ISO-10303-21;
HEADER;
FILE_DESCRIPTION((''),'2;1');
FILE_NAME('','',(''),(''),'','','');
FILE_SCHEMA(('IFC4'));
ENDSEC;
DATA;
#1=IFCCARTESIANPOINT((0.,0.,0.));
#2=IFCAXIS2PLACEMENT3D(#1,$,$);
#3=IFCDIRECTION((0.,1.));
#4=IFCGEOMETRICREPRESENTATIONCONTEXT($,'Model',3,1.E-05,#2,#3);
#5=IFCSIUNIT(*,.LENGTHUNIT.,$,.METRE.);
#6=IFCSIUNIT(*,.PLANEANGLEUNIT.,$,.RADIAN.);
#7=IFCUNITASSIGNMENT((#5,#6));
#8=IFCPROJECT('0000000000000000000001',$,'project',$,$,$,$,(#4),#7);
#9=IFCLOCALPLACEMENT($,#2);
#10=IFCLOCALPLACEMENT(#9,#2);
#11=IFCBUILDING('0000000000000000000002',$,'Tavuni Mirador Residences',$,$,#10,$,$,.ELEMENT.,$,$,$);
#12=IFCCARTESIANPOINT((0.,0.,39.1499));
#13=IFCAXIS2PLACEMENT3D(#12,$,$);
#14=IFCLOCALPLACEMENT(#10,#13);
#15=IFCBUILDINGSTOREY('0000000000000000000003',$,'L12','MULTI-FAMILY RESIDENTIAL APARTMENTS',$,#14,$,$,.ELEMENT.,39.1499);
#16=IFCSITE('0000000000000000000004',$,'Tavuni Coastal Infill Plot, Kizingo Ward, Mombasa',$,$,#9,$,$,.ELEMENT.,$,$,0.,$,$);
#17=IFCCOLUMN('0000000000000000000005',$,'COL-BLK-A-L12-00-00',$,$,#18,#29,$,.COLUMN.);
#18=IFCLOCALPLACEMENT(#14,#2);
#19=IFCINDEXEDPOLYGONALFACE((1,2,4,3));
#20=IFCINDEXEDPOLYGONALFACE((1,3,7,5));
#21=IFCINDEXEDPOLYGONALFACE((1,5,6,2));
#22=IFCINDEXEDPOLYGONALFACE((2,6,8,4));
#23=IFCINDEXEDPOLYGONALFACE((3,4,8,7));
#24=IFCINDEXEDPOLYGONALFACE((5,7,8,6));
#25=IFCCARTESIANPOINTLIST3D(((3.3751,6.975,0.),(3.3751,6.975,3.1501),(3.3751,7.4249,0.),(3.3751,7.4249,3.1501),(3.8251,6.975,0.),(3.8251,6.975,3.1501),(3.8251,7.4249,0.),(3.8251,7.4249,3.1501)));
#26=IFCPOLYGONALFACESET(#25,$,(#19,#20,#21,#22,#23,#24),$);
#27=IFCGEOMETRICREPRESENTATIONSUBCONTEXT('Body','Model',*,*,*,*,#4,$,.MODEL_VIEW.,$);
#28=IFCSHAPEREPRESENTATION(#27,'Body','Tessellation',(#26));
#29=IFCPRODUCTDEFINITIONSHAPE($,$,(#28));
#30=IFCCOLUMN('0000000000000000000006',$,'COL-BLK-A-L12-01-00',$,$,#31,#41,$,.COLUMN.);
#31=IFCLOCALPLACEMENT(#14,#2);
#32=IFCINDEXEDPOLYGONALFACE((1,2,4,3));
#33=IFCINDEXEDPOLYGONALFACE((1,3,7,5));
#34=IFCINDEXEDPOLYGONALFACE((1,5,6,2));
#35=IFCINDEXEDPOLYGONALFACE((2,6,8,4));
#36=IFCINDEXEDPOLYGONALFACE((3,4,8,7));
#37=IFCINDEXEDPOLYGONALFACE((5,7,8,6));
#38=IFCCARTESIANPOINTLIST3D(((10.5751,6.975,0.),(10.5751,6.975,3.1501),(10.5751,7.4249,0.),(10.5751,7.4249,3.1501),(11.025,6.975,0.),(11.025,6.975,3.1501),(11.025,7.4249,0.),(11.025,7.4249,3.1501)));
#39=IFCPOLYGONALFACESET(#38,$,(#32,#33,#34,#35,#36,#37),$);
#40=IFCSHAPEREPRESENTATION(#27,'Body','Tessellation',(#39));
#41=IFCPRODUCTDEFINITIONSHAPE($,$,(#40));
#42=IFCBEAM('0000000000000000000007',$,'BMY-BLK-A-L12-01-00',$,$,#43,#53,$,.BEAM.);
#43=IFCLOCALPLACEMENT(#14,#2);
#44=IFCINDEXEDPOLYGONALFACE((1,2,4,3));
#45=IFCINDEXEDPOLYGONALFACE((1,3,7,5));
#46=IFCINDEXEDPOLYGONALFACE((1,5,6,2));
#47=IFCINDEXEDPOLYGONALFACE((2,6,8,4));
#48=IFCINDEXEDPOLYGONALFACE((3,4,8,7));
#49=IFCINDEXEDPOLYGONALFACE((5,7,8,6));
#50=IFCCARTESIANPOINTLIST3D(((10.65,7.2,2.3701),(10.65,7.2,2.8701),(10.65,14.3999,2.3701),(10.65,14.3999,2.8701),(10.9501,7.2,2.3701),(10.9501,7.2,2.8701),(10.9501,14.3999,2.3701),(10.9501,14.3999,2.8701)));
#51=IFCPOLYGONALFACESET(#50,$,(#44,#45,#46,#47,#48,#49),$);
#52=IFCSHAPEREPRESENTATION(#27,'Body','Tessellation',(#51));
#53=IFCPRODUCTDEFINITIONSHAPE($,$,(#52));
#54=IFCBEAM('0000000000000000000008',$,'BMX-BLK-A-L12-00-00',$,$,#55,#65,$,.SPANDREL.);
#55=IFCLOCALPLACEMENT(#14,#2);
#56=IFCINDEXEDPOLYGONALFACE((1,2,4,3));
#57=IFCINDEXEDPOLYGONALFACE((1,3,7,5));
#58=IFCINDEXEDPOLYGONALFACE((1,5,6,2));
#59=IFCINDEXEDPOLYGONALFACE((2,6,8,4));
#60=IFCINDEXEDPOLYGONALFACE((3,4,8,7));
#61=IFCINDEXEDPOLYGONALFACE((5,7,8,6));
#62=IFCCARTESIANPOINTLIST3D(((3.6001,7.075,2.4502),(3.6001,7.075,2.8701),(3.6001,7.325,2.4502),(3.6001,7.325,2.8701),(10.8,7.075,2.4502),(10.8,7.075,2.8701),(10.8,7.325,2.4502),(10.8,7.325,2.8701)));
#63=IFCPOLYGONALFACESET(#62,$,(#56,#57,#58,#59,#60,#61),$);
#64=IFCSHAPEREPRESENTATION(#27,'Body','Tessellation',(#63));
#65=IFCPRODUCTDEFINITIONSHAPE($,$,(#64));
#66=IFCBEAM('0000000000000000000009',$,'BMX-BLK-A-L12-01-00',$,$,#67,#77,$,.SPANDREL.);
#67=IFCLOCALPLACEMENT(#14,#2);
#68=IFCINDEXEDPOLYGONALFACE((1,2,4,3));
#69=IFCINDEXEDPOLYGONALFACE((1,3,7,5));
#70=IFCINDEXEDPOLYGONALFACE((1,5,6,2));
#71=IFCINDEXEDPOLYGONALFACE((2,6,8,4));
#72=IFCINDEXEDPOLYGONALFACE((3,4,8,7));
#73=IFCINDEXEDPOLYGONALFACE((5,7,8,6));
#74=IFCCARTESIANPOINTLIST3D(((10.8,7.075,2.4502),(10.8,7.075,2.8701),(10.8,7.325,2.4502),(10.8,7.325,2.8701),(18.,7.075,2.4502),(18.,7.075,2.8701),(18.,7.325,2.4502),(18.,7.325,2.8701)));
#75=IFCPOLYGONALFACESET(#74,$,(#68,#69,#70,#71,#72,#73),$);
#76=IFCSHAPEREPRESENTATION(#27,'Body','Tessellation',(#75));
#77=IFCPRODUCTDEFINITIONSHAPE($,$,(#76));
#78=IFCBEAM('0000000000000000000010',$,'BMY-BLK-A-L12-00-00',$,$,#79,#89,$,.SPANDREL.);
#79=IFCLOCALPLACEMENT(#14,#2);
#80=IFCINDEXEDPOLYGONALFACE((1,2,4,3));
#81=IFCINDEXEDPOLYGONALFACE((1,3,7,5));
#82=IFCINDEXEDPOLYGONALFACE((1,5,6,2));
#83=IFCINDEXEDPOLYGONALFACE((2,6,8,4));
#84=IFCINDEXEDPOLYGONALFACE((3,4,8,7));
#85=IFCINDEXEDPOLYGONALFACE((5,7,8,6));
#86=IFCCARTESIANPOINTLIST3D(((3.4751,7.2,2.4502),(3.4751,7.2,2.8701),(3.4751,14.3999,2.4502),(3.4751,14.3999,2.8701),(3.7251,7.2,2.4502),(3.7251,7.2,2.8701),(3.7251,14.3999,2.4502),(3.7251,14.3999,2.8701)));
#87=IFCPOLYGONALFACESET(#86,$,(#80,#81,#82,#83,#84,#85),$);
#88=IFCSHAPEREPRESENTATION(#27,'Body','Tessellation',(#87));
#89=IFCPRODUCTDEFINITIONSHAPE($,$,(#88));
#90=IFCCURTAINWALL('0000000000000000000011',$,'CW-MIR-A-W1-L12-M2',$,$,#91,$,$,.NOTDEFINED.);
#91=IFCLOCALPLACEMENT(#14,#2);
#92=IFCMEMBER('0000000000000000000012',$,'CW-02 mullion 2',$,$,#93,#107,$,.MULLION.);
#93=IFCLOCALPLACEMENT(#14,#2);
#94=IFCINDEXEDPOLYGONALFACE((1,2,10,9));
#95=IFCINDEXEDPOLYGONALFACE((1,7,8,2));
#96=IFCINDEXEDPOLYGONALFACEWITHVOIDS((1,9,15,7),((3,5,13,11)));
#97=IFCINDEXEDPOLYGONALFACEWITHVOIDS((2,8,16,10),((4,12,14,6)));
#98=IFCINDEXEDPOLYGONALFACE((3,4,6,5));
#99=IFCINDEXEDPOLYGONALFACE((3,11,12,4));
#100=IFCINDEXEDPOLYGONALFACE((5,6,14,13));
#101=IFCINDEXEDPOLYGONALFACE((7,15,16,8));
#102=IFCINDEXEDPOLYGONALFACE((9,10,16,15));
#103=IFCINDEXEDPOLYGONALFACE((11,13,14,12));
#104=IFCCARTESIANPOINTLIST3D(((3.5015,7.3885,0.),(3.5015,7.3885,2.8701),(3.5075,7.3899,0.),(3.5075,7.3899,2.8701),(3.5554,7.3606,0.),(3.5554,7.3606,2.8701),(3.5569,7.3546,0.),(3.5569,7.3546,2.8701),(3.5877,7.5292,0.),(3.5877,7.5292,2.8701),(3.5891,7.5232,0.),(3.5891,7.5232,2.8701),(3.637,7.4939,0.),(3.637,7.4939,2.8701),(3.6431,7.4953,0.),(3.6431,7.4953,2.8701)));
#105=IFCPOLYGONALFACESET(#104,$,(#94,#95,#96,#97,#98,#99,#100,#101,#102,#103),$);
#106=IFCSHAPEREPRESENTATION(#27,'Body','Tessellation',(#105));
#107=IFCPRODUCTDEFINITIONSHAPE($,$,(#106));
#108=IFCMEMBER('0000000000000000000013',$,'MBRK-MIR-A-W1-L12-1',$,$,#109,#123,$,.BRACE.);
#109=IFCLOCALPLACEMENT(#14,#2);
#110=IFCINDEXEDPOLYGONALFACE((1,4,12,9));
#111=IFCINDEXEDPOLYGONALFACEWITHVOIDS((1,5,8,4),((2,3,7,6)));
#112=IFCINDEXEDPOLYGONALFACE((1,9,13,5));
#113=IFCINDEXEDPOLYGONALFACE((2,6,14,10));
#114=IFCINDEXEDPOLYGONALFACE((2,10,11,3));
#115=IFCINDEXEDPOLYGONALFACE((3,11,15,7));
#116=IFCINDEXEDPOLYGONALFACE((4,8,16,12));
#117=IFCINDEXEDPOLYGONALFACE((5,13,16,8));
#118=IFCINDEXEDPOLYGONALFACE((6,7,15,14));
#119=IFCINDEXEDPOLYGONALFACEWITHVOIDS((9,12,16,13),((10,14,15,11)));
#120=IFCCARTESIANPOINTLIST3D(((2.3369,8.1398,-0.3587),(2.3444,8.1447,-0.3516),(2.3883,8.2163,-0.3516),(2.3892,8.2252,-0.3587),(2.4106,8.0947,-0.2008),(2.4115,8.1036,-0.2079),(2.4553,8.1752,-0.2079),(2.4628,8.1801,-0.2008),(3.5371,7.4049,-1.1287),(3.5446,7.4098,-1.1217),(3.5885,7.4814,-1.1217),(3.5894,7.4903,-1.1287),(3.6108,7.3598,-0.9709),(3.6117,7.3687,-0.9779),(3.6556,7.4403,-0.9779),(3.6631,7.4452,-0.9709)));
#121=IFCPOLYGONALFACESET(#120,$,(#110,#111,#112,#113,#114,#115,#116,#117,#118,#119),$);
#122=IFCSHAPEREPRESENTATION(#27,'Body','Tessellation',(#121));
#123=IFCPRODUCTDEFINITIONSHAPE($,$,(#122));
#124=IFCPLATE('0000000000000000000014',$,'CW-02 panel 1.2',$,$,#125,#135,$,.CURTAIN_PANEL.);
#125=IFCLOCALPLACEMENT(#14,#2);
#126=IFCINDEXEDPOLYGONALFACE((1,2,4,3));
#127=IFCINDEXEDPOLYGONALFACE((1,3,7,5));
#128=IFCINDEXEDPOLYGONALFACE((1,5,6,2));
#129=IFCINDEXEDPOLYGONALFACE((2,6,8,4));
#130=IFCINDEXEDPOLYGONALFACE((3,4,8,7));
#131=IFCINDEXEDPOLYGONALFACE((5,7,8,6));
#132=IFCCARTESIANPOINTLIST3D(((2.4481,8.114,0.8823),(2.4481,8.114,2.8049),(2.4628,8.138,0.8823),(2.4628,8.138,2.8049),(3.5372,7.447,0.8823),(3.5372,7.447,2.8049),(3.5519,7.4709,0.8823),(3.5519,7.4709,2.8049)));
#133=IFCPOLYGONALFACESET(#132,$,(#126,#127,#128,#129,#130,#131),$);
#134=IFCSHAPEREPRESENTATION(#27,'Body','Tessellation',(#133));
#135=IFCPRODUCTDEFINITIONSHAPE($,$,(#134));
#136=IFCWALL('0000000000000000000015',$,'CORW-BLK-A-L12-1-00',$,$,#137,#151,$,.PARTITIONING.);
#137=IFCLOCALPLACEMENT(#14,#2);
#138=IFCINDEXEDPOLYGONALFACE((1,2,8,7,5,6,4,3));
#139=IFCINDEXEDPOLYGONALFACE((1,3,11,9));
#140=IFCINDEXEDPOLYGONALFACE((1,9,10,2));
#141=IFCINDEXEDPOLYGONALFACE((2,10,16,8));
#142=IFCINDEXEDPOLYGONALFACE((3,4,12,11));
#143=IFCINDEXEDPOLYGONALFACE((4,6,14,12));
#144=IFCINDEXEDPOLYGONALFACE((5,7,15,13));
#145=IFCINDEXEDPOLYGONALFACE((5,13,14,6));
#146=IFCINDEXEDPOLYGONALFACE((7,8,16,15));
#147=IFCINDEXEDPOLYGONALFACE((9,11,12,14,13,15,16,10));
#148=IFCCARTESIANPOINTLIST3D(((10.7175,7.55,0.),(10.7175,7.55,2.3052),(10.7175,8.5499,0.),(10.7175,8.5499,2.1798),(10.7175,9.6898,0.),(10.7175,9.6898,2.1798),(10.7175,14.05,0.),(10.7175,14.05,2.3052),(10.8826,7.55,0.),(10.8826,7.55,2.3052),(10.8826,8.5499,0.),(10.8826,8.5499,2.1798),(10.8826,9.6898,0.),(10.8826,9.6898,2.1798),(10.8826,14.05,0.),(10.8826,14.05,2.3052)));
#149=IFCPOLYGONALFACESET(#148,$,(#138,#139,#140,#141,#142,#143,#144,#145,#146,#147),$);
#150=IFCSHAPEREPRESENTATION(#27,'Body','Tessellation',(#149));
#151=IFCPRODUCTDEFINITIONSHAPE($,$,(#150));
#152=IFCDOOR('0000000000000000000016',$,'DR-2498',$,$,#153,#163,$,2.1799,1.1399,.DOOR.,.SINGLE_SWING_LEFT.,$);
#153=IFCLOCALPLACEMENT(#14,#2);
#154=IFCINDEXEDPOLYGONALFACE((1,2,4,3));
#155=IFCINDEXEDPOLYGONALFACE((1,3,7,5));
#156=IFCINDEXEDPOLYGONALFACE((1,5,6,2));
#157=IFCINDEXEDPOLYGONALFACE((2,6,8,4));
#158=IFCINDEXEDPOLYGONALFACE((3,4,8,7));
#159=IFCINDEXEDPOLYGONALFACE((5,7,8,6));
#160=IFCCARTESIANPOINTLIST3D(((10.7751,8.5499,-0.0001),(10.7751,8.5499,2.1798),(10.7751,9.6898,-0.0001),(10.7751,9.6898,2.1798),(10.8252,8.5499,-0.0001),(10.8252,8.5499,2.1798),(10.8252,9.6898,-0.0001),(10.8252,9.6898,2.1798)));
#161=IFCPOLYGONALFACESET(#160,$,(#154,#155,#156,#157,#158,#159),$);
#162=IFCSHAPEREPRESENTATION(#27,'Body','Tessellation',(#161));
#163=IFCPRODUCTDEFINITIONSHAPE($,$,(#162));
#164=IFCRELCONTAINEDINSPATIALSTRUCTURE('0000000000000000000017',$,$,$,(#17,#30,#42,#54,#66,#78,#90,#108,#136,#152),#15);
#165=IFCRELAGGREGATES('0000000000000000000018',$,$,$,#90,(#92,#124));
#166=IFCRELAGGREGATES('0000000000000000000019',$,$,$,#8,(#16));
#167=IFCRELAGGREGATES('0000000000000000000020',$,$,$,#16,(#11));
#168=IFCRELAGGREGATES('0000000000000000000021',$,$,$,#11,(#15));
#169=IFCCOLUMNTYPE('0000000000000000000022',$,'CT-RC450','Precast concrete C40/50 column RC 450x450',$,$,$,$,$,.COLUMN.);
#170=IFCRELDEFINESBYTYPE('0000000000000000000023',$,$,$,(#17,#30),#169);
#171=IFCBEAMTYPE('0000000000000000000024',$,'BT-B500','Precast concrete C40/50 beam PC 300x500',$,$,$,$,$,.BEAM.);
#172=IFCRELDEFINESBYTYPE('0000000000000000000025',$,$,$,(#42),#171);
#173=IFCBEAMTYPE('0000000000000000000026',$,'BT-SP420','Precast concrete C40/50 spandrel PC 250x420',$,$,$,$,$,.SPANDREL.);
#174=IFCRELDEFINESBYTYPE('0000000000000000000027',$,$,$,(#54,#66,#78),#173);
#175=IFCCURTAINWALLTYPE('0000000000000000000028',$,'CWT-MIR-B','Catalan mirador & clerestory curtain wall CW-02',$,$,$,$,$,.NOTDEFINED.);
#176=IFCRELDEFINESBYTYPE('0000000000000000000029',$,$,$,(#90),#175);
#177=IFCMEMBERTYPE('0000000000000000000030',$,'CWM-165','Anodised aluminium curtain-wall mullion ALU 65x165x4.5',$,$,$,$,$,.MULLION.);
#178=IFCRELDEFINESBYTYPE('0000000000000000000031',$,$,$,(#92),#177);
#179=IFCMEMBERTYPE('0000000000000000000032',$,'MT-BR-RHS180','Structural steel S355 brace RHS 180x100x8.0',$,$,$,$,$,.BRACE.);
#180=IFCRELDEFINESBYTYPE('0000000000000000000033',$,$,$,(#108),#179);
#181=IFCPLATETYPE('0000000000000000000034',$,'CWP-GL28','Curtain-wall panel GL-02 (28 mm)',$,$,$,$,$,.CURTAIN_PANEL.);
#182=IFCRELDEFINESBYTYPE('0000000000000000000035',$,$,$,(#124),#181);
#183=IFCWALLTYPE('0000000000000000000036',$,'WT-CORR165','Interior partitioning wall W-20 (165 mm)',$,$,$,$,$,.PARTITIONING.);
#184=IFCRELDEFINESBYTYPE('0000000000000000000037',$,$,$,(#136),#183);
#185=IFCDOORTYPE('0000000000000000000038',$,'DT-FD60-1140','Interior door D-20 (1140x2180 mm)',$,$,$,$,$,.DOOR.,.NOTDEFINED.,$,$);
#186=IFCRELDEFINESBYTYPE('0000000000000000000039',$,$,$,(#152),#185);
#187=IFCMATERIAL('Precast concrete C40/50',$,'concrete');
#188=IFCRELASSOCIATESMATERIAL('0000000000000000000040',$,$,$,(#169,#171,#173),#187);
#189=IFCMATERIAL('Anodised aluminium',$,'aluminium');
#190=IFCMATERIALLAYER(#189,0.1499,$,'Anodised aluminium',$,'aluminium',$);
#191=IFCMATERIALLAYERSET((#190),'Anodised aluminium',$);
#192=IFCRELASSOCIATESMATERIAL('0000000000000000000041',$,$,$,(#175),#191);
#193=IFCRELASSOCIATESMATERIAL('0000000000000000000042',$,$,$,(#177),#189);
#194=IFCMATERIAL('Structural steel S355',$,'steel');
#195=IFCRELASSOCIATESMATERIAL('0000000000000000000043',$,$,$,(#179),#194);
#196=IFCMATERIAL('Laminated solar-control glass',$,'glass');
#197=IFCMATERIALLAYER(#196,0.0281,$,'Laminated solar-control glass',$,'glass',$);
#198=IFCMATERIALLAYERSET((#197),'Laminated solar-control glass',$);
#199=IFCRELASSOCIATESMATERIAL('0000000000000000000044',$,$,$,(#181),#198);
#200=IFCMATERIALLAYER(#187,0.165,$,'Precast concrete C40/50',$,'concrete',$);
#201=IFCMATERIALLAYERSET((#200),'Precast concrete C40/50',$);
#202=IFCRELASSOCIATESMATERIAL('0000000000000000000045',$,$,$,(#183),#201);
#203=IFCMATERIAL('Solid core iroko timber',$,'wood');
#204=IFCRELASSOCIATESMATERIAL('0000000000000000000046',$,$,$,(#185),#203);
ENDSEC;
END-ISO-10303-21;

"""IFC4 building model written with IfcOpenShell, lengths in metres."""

from ifc_helpers import new_model, si_unit, direction, frame, frame_2d, origin, origin_2d, place, context, subcontext, project, spatial, rectangle, hollow_rectangle, extrude, material, layer, layer_set, material_profile, profile_set, type_object, element, fill, aggregate, save


model = new_model("IFC4")

# Units and contexts
model_context = context("Model", 3, precision=1e-05, world=origin(), true_north=direction((0.0, 1.0)))
body_context = subcontext(model_context, "Body", "Model", "MODEL_VIEW")
ifc_project = project(units=[si_unit("LENGTHUNIT", "METRE"), si_unit("PLANEANGLEUNIT", "RADIAN")], contexts=[model_context])

# Site, building, storey
site_placement = place(None, origin())
site = spatial("IfcSite", under=ifc_project, at=site_placement, Name="Tavuni Coastal Infill Plot, Kizingo Ward, Mombasa", CompositionType="ELEMENT", RefElevation=0.0)
building_placement = place(site_placement, origin())
building = spatial("IfcBuilding", under=site, at=building_placement, Name="Tavuni Mirador Residences", CompositionType="ELEMENT")
storey_placement = place(building_placement, frame((0.0, 0.0, 39.1499)))
storey = spatial("IfcBuildingStorey", under=building, at=storey_placement, Name="L12", Description="MULTI-FAMILY RESIDENTIAL APARTMENTS", CompositionType="ELEMENT", Elevation=39.1499)

# Columns
ifc_material_1 = material(Name="Precast concrete C40/50", Category="concrete")
ifc_material_profile_1 = material_profile(ifc_material_1, rectangle(XDim=0.45, YDim=0.45, at=origin_2d()), Name="RC 450x450", Category="concrete")
ifc_profile_set_1 = profile_set([ifc_material_profile_1], Name="Precast concrete C40/50")
column_type = type_object("IfcColumnType", Name="CT-RC450", Description="Precast concrete C40/50 column RC 450x450", PredefinedType="COLUMN", material=ifc_profile_set_1)
for number, where, z_axis, x_axis, name in (
    (1, (3.6001, 7.2, 0.0), (0.0, 0.0, 1.0), (1.0, 0.0, 0.0), "COL-BLK-A-L12-00-00"),
    (2, (10.8, 7.2, 0.0), (0.0, 0.0, 1.0), (1.0, 0.0, 0.0), "COL-BLK-A-L12-01-00"),
):
    element("IfcColumn", number, at=place(storey_placement, frame(where, z_axis=z_axis, x_axis=x_axis)), inside=storey, type_object=column_type, Name=name, PredefinedType="COLUMN", context=body_context, shape_type="SweptSolid", body=[
        extrude(rectangle(XDim=0.45, YDim=0.45, at=origin_2d()), origin(), (0.0, 0.0, 1.0), 3.1501),
    ])

# Beams
ifc_material_profile_2 = material_profile(ifc_material_1, rectangle(XDim=0.3, YDim=0.5, at=origin_2d()), Name="PC 300x500", Category="concrete")
ifc_profile_set_2 = profile_set([ifc_material_profile_2], Name="Precast concrete C40/50")
beam_type_1 = type_object("IfcBeamType", Name="BT-B500", Description="Precast concrete C40/50 beam PC 300x500", PredefinedType="BEAM", material=ifc_profile_set_2)
beam_placement = place(storey_placement, frame((10.8, 7.2, 2.6201), z_axis=(0.0, 1.0, 0.0), x_axis=(-1.0, 0.0, 0.0)))
element("IfcBeam", 3, at=beam_placement, inside=storey, type_object=beam_type_1, Name="BMY-BLK-A-L12-01-00", PredefinedType="BEAM", context=body_context, shape_type="SweptSolid", body=[
    extrude(rectangle(XDim=0.3, YDim=0.5, at=origin_2d()), origin(), (0.0, 0.0, 1.0), 7.2),
])
ifc_material_profile_3 = material_profile(ifc_material_1, rectangle(XDim=0.25, YDim=0.4199, at=origin_2d()), Name="PC 250x420", Category="concrete")
ifc_profile_set_3 = profile_set([ifc_material_profile_3], Name="Precast concrete C40/50")
beam_type_2 = type_object("IfcBeamType", Name="BT-SP420", Description="Precast concrete C40/50 spandrel PC 250x420", PredefinedType="SPANDREL", material=ifc_profile_set_3)
for number, where, z_axis, x_axis, name in (
    (4, (3.6001, 7.2, 2.6602), (1.0, 0.0, 0.0), (0.0, 1.0, 0.0), "BMX-BLK-A-L12-00-00"),
    (5, (10.8, 7.2, 2.6602), (1.0, 0.0, 0.0), (0.0, 1.0, 0.0), "BMX-BLK-A-L12-01-00"),
    (6, (3.6001, 7.2, 2.6602), (0.0, 1.0, 0.0), (-1.0, 0.0, 0.0), "BMY-BLK-A-L12-00-00"),
):
    element("IfcBeam", number, at=place(storey_placement, frame(where, z_axis=z_axis, x_axis=x_axis)), inside=storey, type_object=beam_type_2, Name=name, PredefinedType="SPANDREL", context=body_context, shape_type="SweptSolid", body=[
        extrude(rectangle(XDim=0.25, YDim=0.4199, at=origin_2d()), origin(), (0.0, 0.0, 1.0), 7.2),
    ])

# Curtain wall, member
ifc_material_2 = material(Name="Anodised aluminium", Category="aluminium")
ifc_layer_1 = layer(ifc_material_2, 0.1499, Name="Anodised aluminium", Category="aluminium")
ifc_layer_set_1 = layer_set([ifc_layer_1], Name="Anodised aluminium")
curtain_wall_type = type_object("IfcCurtainWallType", Name="CWT-MIR-B", Description="Catalan mirador & clerestory curtain wall CW-02", PredefinedType="NOTDEFINED", material=ifc_layer_set_1)
curtain_wall_placement = place(storey_placement, origin())
curtain_wall = element("IfcCurtainWall", 7, at=curtain_wall_placement, inside=storey, type_object=curtain_wall_type, Name="CW-MIR-A-W1-L12-M2", PredefinedType="NOTDEFINED")
ifc_material_profile_4 = material_profile(ifc_material_2, hollow_rectangle(XDim=0.0649, YDim=0.165, WallThickness=0.0044, at=origin_2d()), Name="ALU 65x165x4.5", Category="aluminium")
ifc_profile_set_4 = profile_set([ifc_material_profile_4], Name="Anodised aluminium")
member_type_1 = type_object("IfcMemberType", Name="CWM-165", Description="Anodised aluminium curtain-wall mullion ALU 65x165x4.5", PredefinedType="MULLION", material=ifc_profile_set_4)
member_1_placement = place(storey_placement, frame((3.5723, 7.4419, 0.0), z_axis=(0.0, 0.0, 1.0), x_axis=(0.852754, -0.522312, 0.0)))
member_1 = element("IfcMember", 8, at=member_1_placement, type_object=member_type_1, Name="CW-02 mullion 2", PredefinedType="MULLION", context=body_context, shape_type="SweptSolid", body=[
    extrude(hollow_rectangle(XDim=0.0649, YDim=0.165, WallThickness=0.0044, at=origin_2d()), origin(), (0.0, 0.0, 1.0), 2.8701),
])

# Member
ifc_material_3 = material(Name="Structural steel S355", Category="steel")
ifc_material_profile_5 = material_profile(ifc_material_3, hollow_rectangle(XDim=0.1001, YDim=0.1799, WallThickness=0.0081, at=origin_2d()), Name="RHS 180x100x8.0", Category="steel")
ifc_profile_set_5 = profile_set([ifc_material_profile_5], Name="Structural steel S355")
member_type_2 = type_object("IfcMemberType", Name="MT-BR-RHS180", Description="Structural steel S355 brace RHS 180x100x8.0", PredefinedType="BRACE", material=ifc_profile_set_5)
member_2_placement = place(storey_placement, frame((3.6001, 7.425, -1.0498), z_axis=(-0.748163, 0.45809, 0.480005), x_axis=(-0.52218, -0.852836, 0.0)))
element("IfcMember", 9, at=member_2_placement, inside=storey, type_object=member_type_2, Name="MBRK-MIR-A-W1-L12-1", PredefinedType="BRACE", context=body_context, shape_type="SweptSolid", body=[
    extrude(hollow_rectangle(XDim=0.1001, YDim=0.1799, WallThickness=0.0081, at=origin_2d()), origin(), (0.0, 0.0, 1.0), 1.6042),
])

# Plate
ifc_material_4 = material(Name="Laminated solar-control glass", Category="glass")
ifc_layer_2 = layer(ifc_material_4, 0.0281, Name="Laminated solar-control glass", Category="glass")
ifc_layer_set_2 = layer_set([ifc_layer_2], Name="Laminated solar-control glass")
plate_type = type_object("IfcPlateType", Name="CWP-GL28", Description="Curtain-wall panel GL-02 (28 mm)", PredefinedType="CURTAIN_PANEL", material=ifc_layer_set_2)
plate_placement = place(storey_placement, frame((3.0, 7.7925, 0.8823), z_axis=(0.0, 0.0, 1.0), x_axis=(0.852754, -0.522312, 0.0)))
plate = element("IfcPlate", 10, at=plate_placement, type_object=plate_type, Name="CW-02 panel 1.2", PredefinedType="CURTAIN_PANEL", context=body_context, shape_type="SweptSolid", body=[
    extrude(rectangle(XDim=1.2771, YDim=0.0281, at=origin_2d()), origin(), (0.0, 0.0, 1.0), 1.9226),
])
aggregate(curtain_wall, [member_1, plate])

# Wall, opening, door
ifc_layer_3 = layer(ifc_material_1, 0.165, Name="Precast concrete C40/50", Category="concrete")
ifc_layer_set_3 = layer_set([ifc_layer_3], Name="Precast concrete C40/50")
wall_type_1 = type_object("IfcWallType", Name="WT-CORR165", Description="Interior partitioning wall W-20 (165 mm)", PredefinedType="PARTITIONING", material=ifc_layer_set_3)
wall_1_placement = place(storey_placement, frame((10.8, 7.55, 0.0), z_axis=(0.0, 0.0, 1.0), x_axis=(0.0, 1.0, 0.0)))
wall_1 = element("IfcWall", 11, at=wall_1_placement, inside=storey, type_object=wall_type_1, Name="CORW-BLK-A-L12-1-00", PredefinedType="PARTITIONING", context=body_context, shape_type="SweptSolid", body=[
    extrude(rectangle(XDim=6.5, YDim=0.165, at=frame_2d((3.25, 0.0))), origin(), (0.0, 0.0, 1.0), 2.3052),
])
opening_1_placement = place(wall_1_placement, frame((1.0, 0.0, 0.0)))
opening_1 = element("IfcOpeningElement", 12, at=opening_1_placement, cuts=wall_1, PredefinedType="OPENING", context=body_context, shape_type="SweptSolid", body=[
    extrude(rectangle(XDim=1.1399, YDim=2.1799, at=frame_2d((0.5698, 1.0898))), frame((0.0, 0.0925, 0.0), z_axis=(0.0, -1.0, 0.0), x_axis=(1.0, 0.0, 0.0)), (0.0, 0.0, 1.0), 0.1851),
])
ifc_material_5 = material(Name="Solid core iroko timber", Category="wood")
door_type_1 = type_object("IfcDoorType", Name="DT-FD60-1140", Description="Interior door D-20 (1140x2180 mm)", OperationType="NOTDEFINED", PredefinedType="DOOR", material=ifc_material_5)
door_1_placement = place(opening_1_placement, origin())
door_1 = element("IfcDoor", 13, at=door_1_placement, inside=storey, type_object=door_type_1, Name="DR-2498", OperationType="SINGLE_SWING_LEFT", OverallHeight=2.1799, OverallWidth=1.1399, PredefinedType="DOOR", context=body_context, shape_type="SweptSolid", body=[
    extrude(rectangle(XDim=1.1399, YDim=2.1799, at=frame_2d((0.5698, 1.0898))), frame((0.0, 0.0249, 0.0), z_axis=(0.0, -1.0, 0.0), x_axis=(1.0, 0.0, 0.0)), (0.0, 0.0, 1.0), 0.05),
])
fill(opening_1, door_1)

save(model, "model.ifc")
